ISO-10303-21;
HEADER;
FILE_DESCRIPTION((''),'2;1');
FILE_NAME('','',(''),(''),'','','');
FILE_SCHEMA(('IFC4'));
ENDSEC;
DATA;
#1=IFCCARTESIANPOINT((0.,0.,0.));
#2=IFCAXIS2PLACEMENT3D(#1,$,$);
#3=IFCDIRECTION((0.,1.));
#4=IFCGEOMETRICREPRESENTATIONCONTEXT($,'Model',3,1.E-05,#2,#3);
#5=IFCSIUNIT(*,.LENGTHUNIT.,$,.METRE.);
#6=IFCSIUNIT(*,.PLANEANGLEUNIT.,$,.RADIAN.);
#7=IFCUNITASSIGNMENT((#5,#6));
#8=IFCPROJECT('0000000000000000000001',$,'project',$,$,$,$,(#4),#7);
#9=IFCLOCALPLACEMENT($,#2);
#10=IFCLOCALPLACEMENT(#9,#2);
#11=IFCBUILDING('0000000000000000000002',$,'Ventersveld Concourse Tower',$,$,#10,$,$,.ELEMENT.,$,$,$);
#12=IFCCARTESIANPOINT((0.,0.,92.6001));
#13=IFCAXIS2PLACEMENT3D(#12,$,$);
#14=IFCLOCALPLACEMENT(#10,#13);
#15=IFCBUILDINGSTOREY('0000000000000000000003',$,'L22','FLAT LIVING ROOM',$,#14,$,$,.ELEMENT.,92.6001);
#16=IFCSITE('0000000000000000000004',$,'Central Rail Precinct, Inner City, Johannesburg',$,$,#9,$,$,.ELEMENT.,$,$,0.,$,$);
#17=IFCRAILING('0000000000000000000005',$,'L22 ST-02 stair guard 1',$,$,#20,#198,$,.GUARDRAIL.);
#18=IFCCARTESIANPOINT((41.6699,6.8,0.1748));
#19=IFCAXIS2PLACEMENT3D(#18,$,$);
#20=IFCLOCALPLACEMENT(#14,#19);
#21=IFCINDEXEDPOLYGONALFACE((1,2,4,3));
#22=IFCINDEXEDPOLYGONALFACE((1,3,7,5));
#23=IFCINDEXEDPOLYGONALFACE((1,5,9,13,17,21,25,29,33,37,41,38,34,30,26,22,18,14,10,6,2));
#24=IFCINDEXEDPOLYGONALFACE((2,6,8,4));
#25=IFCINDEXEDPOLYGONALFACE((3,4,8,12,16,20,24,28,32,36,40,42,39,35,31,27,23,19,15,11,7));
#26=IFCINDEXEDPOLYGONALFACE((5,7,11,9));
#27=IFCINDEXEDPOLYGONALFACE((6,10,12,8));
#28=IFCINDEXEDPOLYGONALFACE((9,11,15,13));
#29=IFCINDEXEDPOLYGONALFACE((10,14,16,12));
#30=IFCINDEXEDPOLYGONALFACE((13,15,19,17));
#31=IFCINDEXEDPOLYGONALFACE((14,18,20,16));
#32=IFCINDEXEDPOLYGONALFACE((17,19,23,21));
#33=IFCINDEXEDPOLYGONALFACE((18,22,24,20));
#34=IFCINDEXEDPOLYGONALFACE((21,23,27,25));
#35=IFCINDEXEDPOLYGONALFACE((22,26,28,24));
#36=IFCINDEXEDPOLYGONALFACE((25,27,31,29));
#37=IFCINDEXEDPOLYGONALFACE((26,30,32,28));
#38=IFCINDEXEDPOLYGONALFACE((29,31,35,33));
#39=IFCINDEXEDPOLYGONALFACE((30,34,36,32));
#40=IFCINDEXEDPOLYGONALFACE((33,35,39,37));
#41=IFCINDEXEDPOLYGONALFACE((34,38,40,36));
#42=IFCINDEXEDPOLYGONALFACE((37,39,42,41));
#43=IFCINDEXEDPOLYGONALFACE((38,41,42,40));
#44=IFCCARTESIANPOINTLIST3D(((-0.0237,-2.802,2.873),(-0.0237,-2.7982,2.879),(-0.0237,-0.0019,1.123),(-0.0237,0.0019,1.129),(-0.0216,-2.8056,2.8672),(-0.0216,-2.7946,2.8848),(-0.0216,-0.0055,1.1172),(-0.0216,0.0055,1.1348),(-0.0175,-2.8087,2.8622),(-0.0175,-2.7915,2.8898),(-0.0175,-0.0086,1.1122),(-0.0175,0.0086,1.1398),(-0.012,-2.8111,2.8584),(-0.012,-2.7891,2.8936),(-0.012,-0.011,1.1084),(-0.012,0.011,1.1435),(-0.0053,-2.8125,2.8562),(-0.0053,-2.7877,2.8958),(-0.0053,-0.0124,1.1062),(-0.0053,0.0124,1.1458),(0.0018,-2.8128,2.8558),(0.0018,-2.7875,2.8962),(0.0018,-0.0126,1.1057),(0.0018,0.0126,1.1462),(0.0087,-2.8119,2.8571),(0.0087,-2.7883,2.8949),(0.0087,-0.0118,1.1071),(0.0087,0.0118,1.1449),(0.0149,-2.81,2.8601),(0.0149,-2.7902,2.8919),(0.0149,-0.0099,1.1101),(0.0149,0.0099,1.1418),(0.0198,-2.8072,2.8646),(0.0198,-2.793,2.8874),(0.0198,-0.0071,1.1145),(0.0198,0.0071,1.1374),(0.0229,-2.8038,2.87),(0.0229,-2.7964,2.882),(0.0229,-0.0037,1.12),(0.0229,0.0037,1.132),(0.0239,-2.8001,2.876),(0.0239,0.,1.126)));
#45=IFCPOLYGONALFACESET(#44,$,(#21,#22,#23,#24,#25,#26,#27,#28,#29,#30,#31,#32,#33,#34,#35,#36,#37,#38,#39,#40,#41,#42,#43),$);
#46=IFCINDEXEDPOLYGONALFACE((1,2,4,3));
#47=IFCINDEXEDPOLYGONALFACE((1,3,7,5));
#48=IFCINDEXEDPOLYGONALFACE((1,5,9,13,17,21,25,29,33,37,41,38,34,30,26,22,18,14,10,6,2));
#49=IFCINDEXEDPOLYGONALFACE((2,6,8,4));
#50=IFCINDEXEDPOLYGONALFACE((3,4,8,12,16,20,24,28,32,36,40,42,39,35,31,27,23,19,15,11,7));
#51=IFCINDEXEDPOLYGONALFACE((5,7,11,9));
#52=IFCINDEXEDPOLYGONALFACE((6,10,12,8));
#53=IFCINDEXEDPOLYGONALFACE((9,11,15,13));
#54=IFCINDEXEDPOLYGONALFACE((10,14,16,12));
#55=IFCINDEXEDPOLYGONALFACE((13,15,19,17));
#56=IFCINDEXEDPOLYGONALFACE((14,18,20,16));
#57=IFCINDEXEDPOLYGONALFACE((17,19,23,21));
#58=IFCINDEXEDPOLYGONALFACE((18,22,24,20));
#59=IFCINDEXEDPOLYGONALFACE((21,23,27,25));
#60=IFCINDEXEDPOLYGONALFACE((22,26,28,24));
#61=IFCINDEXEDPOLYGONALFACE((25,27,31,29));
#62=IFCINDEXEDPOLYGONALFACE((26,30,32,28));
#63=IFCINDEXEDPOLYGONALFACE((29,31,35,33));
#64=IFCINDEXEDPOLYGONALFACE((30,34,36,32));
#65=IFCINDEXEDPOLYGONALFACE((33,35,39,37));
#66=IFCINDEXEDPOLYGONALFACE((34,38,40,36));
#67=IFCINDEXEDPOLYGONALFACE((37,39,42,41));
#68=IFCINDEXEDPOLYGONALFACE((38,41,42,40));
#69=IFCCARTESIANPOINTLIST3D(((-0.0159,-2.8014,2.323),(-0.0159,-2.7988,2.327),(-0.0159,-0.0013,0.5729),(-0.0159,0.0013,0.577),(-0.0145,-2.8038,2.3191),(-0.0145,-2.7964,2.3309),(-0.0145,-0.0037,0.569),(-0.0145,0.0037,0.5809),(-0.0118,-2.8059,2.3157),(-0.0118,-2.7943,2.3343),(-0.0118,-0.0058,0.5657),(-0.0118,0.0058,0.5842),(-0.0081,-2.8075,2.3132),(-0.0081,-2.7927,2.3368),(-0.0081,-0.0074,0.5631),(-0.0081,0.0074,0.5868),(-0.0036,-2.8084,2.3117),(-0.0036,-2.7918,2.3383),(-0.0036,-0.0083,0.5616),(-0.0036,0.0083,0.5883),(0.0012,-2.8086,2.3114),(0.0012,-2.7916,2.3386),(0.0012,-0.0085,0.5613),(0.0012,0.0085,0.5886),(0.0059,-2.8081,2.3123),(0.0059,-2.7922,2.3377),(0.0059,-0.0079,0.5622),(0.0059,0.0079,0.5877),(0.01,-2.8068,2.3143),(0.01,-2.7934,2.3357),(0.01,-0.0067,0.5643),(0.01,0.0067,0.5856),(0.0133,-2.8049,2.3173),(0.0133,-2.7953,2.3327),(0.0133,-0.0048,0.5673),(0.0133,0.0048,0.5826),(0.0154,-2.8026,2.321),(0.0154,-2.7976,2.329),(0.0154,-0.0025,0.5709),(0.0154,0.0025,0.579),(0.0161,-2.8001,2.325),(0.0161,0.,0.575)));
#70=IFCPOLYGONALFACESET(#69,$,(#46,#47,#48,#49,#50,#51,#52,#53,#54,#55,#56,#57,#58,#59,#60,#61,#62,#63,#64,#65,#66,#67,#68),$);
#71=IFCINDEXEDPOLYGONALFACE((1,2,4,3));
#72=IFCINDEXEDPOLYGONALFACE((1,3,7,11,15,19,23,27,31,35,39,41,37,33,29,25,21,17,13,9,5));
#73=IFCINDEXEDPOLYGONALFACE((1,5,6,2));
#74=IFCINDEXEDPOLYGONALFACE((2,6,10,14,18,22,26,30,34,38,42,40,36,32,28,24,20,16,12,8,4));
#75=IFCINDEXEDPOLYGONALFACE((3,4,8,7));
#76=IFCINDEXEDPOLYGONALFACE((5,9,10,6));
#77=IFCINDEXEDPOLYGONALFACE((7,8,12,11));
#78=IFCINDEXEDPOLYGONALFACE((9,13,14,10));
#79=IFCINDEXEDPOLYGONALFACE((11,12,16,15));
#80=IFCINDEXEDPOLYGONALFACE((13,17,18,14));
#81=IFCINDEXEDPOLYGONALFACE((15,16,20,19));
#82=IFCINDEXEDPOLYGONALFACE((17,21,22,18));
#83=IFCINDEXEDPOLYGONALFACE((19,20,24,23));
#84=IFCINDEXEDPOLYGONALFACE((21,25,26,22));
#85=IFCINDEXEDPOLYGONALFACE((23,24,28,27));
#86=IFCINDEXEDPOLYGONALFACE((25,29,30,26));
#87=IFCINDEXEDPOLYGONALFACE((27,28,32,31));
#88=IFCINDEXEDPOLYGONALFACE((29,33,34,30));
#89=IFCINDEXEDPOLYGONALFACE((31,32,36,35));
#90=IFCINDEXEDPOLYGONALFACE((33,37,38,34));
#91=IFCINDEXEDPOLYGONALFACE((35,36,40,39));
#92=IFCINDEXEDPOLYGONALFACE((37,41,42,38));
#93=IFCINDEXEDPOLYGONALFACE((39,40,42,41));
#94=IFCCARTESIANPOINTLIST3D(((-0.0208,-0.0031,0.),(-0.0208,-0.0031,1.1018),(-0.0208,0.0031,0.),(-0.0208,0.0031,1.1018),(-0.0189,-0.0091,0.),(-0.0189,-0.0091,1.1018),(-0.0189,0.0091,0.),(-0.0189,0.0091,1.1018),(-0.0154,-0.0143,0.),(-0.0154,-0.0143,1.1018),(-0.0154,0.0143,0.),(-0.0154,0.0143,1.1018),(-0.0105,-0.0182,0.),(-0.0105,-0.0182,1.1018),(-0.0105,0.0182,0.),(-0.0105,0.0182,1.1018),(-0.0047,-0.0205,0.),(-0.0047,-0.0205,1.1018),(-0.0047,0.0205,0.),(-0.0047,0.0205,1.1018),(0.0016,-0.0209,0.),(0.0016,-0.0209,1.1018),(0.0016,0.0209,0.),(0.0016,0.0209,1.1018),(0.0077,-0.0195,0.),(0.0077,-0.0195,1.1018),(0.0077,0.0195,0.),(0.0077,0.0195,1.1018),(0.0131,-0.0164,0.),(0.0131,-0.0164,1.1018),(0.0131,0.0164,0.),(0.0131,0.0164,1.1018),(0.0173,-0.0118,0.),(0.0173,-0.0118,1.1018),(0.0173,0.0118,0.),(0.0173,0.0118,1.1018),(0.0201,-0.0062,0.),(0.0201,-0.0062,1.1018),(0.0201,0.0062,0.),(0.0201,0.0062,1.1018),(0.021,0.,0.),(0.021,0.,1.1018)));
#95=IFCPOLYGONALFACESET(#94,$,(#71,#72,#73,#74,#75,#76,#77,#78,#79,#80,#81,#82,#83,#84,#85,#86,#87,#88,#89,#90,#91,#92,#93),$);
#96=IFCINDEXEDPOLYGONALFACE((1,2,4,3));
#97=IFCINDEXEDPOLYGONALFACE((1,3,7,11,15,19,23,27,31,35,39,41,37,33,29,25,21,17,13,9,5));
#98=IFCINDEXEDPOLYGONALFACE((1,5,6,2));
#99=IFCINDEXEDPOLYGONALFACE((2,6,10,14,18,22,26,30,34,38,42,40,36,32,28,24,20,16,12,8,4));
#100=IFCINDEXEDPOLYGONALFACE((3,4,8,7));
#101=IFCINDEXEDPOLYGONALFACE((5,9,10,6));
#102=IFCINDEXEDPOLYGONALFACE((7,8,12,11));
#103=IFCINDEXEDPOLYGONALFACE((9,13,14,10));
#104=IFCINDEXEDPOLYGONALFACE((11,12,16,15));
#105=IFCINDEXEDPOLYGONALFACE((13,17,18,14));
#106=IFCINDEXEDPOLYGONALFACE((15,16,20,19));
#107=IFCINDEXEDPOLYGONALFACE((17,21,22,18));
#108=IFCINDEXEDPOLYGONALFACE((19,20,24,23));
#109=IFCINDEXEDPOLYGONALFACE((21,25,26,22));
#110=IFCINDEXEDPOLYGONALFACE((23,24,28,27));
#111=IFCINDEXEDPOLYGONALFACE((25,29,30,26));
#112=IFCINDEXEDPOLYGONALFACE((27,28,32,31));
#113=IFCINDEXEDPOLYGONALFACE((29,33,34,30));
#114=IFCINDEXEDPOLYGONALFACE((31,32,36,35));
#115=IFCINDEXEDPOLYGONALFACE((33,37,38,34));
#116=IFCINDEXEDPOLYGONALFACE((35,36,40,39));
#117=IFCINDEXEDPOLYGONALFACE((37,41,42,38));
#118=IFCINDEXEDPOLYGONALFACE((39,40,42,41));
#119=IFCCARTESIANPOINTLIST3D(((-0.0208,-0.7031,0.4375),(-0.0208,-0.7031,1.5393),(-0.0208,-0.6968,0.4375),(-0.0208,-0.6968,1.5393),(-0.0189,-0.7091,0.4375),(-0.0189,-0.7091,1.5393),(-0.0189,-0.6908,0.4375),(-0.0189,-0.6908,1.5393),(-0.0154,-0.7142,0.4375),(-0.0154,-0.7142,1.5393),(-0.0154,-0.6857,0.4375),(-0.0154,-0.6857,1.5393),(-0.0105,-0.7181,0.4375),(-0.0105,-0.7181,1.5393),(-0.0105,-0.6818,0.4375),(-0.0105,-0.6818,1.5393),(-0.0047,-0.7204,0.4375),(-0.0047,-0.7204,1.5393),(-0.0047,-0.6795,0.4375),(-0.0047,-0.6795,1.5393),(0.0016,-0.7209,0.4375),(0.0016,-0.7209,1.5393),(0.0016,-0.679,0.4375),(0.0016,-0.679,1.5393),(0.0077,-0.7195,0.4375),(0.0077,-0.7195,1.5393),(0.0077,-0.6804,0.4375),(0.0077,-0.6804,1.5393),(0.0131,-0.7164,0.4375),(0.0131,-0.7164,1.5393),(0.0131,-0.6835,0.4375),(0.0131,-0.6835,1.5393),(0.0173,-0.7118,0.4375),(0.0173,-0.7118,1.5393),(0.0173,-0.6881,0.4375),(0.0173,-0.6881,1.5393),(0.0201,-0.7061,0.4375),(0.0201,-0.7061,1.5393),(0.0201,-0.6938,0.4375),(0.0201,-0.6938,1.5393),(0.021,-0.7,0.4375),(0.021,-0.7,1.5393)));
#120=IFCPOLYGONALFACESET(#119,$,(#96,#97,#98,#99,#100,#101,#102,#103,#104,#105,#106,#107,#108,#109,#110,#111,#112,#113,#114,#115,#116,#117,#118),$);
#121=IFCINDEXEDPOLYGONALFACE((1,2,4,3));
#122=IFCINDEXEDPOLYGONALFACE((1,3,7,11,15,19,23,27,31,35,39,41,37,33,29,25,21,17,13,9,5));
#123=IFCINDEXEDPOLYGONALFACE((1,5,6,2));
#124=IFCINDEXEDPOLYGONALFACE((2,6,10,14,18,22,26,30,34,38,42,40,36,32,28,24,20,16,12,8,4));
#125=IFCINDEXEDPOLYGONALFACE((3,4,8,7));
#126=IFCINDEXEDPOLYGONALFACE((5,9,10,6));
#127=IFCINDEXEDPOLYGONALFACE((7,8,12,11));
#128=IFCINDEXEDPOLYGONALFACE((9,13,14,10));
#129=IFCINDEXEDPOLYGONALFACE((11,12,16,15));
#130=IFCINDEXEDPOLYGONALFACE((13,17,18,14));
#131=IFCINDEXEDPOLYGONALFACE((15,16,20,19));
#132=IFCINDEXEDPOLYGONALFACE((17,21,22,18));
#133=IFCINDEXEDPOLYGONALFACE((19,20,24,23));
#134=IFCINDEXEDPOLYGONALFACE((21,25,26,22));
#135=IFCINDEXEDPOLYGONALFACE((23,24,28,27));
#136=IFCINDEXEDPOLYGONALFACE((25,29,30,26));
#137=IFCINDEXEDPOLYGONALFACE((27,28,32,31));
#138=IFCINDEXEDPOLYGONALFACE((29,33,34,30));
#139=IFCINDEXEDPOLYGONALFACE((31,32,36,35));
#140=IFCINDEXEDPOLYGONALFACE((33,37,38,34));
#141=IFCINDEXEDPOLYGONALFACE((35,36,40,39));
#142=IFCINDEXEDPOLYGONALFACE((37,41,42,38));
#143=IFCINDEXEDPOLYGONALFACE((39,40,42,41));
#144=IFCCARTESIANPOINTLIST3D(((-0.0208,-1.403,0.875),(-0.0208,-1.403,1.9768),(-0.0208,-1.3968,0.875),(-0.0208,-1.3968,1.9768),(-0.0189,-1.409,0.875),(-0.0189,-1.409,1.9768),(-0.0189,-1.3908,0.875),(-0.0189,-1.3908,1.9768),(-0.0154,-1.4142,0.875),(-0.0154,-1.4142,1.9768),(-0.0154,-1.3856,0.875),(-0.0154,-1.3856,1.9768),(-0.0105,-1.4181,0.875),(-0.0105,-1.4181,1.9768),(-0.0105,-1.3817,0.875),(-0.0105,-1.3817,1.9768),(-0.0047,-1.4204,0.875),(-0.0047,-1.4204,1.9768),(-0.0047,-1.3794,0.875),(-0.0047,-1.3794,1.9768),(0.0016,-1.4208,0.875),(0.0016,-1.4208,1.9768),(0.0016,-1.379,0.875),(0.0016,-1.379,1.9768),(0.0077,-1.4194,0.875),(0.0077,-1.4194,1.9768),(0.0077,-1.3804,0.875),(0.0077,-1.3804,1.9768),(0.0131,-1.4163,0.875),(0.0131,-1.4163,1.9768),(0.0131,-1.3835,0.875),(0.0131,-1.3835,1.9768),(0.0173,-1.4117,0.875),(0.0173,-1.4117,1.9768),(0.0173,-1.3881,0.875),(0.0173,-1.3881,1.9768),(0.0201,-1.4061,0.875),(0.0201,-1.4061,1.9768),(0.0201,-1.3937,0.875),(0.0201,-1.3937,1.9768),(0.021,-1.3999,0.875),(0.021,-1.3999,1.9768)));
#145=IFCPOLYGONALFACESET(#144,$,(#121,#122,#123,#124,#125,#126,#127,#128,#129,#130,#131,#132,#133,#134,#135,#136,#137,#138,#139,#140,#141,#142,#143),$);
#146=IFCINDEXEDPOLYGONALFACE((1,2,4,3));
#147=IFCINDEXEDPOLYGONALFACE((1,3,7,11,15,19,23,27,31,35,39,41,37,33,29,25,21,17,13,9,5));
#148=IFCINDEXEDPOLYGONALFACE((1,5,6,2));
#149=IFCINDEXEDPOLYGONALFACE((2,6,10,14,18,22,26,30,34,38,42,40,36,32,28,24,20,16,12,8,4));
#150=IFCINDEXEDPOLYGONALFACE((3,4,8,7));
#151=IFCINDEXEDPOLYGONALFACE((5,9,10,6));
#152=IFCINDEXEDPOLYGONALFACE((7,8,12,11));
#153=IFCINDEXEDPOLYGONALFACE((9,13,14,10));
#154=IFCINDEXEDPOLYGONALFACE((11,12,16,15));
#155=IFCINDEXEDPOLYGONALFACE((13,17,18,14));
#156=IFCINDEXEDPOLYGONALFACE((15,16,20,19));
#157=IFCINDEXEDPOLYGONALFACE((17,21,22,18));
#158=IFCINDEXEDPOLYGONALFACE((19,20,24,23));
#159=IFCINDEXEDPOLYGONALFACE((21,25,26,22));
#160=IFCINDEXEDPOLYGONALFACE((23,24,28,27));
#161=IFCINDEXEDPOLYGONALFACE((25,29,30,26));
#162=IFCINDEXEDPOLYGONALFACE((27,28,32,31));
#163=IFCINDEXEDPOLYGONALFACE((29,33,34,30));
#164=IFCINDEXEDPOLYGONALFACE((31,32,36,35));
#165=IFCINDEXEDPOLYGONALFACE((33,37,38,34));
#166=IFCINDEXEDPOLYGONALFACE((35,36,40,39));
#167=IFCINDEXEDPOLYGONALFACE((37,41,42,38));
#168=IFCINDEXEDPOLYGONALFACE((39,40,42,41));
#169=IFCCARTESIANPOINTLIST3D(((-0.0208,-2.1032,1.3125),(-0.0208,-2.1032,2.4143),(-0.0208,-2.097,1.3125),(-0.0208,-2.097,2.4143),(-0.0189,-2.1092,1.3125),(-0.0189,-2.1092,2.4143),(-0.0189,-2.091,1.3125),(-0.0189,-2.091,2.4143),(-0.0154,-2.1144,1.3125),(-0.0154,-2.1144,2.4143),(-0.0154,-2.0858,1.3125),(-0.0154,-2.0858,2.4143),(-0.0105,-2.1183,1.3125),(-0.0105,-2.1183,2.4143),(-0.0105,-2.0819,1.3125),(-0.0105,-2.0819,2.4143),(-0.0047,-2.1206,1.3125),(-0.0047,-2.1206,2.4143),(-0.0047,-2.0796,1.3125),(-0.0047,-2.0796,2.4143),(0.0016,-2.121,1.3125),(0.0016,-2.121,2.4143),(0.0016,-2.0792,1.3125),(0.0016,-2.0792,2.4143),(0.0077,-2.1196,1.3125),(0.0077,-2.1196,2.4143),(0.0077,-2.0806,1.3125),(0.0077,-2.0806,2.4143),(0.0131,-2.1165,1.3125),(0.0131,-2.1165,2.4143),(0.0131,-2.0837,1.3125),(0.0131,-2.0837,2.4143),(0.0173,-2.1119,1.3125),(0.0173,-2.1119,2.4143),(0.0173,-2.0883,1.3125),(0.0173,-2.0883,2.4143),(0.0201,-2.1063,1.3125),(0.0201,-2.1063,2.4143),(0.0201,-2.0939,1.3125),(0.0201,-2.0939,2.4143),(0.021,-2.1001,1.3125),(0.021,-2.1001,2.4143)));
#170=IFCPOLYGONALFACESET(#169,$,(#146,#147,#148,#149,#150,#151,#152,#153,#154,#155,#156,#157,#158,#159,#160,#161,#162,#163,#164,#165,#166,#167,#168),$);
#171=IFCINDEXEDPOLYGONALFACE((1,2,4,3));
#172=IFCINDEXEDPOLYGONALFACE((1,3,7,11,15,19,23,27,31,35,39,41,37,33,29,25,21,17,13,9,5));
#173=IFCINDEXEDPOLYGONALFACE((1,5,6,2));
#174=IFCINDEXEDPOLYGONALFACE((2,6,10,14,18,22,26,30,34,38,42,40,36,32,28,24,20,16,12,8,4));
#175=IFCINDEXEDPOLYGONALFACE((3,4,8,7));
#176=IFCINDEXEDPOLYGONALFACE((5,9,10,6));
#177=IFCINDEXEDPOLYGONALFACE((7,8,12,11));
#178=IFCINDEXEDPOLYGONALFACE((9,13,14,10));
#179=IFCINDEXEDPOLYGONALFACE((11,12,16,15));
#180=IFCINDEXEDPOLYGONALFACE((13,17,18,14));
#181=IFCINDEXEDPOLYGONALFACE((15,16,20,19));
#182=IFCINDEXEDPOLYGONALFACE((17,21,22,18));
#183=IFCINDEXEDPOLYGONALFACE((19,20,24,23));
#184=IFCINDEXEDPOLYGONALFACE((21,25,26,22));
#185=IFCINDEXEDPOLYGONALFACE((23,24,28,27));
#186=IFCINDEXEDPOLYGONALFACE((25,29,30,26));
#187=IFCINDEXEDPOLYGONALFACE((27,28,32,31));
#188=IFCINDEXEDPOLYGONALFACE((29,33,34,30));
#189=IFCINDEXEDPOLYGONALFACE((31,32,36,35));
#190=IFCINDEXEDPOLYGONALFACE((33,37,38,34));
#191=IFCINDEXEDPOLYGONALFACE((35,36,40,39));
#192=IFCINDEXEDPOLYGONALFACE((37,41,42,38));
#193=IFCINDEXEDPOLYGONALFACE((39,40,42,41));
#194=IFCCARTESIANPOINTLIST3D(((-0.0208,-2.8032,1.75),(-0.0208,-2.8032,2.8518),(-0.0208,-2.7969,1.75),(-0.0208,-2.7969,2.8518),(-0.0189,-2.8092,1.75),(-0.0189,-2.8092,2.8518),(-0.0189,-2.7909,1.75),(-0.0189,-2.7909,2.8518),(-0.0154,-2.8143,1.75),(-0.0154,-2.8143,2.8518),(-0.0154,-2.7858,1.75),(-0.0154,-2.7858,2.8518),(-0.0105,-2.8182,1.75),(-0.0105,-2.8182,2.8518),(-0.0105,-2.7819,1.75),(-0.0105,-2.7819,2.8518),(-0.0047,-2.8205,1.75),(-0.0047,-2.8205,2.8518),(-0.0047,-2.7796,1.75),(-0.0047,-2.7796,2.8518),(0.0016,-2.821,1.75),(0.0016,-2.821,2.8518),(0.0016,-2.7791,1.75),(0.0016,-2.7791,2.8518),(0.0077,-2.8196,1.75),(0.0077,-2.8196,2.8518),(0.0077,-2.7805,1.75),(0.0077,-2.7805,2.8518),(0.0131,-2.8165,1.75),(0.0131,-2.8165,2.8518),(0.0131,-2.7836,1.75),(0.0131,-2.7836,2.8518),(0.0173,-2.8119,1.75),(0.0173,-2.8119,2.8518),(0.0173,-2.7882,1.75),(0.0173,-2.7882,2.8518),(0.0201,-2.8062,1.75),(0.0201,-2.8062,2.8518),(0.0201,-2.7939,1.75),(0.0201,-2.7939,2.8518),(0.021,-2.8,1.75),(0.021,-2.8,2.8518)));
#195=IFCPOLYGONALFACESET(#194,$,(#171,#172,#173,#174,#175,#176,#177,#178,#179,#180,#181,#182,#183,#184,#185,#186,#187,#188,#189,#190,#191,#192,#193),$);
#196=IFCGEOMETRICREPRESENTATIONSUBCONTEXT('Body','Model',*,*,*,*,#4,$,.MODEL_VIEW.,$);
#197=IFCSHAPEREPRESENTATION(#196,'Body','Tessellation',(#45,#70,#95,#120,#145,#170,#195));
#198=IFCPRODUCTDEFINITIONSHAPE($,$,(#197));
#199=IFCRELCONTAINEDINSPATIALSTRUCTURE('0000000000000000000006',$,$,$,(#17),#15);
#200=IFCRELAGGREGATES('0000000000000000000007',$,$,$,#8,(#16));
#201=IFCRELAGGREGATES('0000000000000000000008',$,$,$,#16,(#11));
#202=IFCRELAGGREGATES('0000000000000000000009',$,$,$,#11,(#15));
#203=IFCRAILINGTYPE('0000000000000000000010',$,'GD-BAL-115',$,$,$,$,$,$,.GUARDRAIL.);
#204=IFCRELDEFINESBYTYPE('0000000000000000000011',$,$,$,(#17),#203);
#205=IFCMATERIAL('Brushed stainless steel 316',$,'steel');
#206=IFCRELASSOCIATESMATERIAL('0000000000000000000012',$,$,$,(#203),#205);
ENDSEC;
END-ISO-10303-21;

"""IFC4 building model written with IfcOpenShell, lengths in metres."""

from ifc_helpers import new_model, si_unit, direction, frame, origin, origin_2d, place, context, subcontext, project, spatial, circle, extrude, material, type_object, element, save


model = new_model("IFC4")

# Units and contexts
model_context = context("Model", 3, precision=1e-05, world=origin(), true_north=direction((0.0, 1.0)))
body_context = subcontext(model_context, "Body", "Model", "MODEL_VIEW")
ifc_project = project(units=[si_unit("LENGTHUNIT", "METRE"), si_unit("PLANEANGLEUNIT", "RADIAN")], contexts=[model_context])

# Site, building, storey
site_placement = place(None, origin())
site = spatial("IfcSite", under=ifc_project, at=site_placement, Name="Central Rail Precinct, Inner City, Johannesburg", CompositionType="ELEMENT", RefElevation=0.0)
building_placement = place(site_placement, origin())
building = spatial("IfcBuilding", under=site, at=building_placement, Name="Ventersveld Concourse Tower", CompositionType="ELEMENT")
storey_placement = place(building_placement, frame((0.0, 0.0, 92.6001)))
storey = spatial("IfcBuildingStorey", under=building, at=storey_placement, Name="L22", Description="FLAT LIVING ROOM", CompositionType="ELEMENT", Elevation=92.6001)

# Shared definitions
ifc_material_1 = material(Name="Brushed stainless steel 316", Category="steel")

# Railing
railing_type_1 = type_object("IfcRailingType", Name="GD-BAL-115", PredefinedType="GUARDRAIL", material=ifc_material_1)
railing_1_placement = place(storey_placement, frame((41.6699, 6.8, 0.1748)))
element("IfcRailing", 1, at=railing_1_placement, inside=storey, type_object=railing_type_1, Name="L22 ST-02 stair guard 1", PredefinedType="GUARDRAIL", context=body_context, shape_type="SweptSolid", body=[
    extrude(circle(Radius=0.0239, at=origin_2d()), frame((0.0, 0.0, 1.126), z_axis=(0.0, -0.848002, 0.529992), x_axis=(1.0, 0.0, 0.0)), (0.0, 0.0, 1.0), 3.302),
    extrude(circle(Radius=0.0161, at=origin_2d()), frame((0.0, 0.0, 0.575), z_axis=(0.0, -0.848002, 0.529992), x_axis=(1.0, 0.0, 0.0)), (0.0, 0.0, 1.0), 3.302),
    extrude(circle(Radius=0.021, at=origin_2d()), origin(), (0.0, 0.0, 1.0), 1.1018),
    extrude(circle(Radius=0.021, at=origin_2d()), frame((0.0, -0.7, 0.4375)), (0.0, 0.0, 1.0), 1.1018),
    extrude(circle(Radius=0.021, at=origin_2d()), frame((0.0, -1.3999, 0.875)), (0.0, 0.0, 1.0), 1.1018),
    extrude(circle(Radius=0.021, at=origin_2d()), frame((0.0, -2.1001, 1.3125)), (0.0, 0.0, 1.0), 1.1018),
    extrude(circle(Radius=0.021, at=origin_2d()), frame((0.0, -2.8, 1.75)), (0.0, 0.0, 1.0), 1.1018),
])

save(model, "model.ifc")
